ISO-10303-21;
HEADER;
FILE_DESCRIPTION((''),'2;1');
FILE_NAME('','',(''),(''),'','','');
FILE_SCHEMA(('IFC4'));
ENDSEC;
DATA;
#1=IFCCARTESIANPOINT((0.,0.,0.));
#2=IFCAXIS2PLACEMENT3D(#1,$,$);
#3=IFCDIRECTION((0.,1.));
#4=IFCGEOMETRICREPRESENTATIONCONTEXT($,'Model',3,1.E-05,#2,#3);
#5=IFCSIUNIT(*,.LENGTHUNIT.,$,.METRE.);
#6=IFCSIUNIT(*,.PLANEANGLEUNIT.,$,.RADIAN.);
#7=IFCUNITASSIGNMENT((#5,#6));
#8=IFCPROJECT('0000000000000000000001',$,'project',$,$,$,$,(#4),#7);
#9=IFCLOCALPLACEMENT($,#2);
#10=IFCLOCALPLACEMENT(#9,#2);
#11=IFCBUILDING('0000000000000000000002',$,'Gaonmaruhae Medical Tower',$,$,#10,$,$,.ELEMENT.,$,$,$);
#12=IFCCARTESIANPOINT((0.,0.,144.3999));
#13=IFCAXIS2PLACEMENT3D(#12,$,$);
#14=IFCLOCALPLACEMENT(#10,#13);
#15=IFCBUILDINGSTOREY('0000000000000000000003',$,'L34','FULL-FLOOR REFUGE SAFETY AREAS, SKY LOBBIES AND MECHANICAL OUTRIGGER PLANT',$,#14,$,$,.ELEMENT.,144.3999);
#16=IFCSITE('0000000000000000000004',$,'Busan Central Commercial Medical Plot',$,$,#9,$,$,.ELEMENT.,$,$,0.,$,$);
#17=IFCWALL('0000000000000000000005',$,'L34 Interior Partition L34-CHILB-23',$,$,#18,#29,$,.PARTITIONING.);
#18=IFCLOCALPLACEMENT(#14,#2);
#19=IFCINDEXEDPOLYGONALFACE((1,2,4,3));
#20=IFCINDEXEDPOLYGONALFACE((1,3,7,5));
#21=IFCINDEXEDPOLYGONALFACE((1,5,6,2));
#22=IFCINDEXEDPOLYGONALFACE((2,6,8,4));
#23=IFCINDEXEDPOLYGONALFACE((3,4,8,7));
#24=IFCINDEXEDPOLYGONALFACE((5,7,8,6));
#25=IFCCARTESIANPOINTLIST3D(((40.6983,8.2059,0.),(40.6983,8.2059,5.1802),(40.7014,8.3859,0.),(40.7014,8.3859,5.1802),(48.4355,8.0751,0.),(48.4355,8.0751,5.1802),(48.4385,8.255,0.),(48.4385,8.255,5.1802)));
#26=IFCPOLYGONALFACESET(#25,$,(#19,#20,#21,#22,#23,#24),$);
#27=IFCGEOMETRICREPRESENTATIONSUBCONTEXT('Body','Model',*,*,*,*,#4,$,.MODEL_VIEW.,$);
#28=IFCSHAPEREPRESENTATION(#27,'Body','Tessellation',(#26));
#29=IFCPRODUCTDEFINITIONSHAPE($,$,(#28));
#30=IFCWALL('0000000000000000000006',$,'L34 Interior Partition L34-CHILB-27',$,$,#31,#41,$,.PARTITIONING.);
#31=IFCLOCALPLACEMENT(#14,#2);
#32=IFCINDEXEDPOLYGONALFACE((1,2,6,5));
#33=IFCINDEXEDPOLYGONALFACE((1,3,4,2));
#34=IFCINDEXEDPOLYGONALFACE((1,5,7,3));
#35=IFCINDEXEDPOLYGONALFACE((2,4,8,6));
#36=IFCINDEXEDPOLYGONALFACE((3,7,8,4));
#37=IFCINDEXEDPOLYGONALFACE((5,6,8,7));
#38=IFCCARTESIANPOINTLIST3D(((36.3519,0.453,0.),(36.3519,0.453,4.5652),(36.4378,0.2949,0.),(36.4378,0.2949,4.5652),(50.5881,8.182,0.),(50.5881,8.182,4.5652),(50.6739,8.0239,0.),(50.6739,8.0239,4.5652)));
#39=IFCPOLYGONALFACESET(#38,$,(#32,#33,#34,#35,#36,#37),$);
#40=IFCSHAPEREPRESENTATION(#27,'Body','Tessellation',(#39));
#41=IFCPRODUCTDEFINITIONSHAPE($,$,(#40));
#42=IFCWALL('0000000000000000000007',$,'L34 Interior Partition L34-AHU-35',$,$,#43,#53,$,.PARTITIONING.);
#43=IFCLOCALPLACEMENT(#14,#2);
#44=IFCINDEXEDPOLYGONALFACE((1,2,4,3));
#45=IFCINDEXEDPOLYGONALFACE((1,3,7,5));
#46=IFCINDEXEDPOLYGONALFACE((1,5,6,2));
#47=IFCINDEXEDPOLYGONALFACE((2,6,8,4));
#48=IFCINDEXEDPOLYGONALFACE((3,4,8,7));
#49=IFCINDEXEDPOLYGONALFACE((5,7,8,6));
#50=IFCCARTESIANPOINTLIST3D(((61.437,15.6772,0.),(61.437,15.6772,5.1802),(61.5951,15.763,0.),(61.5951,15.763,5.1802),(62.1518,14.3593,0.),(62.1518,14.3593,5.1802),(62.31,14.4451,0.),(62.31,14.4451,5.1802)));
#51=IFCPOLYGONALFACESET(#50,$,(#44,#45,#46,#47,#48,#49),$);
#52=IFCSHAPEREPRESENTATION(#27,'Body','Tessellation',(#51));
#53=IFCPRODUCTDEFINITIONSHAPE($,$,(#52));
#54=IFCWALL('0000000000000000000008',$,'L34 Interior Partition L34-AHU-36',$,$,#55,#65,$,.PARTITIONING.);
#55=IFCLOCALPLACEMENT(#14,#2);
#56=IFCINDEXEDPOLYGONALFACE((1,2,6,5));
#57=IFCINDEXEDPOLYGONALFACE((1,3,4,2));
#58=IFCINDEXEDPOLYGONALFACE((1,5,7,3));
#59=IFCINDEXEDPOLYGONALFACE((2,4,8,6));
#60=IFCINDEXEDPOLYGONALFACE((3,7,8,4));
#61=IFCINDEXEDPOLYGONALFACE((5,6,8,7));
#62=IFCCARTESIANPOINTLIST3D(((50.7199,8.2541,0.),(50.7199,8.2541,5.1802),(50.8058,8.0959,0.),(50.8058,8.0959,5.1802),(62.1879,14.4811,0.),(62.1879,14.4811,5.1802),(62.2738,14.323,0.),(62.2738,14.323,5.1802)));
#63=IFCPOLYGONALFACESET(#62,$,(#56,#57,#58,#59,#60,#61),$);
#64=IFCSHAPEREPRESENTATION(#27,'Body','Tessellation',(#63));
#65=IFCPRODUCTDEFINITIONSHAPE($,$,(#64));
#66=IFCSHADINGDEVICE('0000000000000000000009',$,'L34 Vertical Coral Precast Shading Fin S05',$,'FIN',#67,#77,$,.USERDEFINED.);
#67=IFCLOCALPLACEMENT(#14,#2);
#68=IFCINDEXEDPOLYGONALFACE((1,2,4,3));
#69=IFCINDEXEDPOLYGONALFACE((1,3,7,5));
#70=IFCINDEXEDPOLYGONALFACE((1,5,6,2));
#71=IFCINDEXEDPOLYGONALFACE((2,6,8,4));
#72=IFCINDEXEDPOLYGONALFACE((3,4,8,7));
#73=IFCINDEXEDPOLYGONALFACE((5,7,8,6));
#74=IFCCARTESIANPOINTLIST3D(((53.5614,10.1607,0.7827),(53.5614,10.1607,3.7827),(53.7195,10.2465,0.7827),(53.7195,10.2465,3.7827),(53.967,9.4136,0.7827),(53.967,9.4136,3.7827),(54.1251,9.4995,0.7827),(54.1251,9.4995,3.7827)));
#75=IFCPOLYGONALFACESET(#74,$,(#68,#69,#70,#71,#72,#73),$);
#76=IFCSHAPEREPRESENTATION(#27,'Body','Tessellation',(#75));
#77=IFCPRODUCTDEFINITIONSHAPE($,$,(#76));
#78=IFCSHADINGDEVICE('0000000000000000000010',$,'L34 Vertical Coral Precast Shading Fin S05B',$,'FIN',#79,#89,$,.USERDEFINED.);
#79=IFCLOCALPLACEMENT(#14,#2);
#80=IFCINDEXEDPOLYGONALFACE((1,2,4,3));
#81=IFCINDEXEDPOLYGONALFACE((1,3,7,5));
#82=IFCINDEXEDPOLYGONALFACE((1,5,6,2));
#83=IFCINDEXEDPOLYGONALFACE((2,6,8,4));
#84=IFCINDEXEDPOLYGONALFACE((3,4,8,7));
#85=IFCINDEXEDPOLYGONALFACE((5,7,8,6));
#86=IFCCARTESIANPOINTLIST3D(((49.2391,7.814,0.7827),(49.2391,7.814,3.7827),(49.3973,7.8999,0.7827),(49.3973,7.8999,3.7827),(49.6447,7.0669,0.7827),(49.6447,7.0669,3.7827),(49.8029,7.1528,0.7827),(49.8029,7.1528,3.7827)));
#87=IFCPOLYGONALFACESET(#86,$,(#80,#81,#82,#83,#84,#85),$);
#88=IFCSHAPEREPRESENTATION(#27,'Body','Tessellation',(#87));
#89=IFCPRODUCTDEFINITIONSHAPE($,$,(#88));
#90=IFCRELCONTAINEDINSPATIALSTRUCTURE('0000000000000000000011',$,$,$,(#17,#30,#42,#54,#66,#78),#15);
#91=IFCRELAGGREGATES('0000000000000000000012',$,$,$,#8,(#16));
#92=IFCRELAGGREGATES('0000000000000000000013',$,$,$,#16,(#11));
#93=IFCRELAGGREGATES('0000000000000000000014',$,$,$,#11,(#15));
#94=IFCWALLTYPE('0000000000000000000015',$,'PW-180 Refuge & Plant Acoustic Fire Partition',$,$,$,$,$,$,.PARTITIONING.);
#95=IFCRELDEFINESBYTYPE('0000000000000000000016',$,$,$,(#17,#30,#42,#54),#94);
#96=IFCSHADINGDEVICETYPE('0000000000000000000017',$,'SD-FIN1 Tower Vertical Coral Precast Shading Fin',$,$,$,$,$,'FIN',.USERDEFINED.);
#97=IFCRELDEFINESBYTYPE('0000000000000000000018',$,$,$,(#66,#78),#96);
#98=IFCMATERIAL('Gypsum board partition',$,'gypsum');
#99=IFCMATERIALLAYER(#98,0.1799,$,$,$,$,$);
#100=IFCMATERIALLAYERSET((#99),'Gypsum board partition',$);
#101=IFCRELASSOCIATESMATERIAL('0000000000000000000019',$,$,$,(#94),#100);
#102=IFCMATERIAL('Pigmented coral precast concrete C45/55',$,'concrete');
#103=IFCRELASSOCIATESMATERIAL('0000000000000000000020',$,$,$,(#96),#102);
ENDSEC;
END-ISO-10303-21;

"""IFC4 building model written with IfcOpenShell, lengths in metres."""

from ifc_helpers import new_model, si_unit, direction, frame, frame_2d, origin, origin_2d, place, context, subcontext, project, spatial, rectangle, extrude, material, layer, layer_set, type_object, element, save


model = new_model("IFC4")

# Units and contexts
model_context = context("Model", 3, precision=1e-05, world=origin(), true_north=direction((0.0, 1.0)))
body_context = subcontext(model_context, "Body", "Model", "MODEL_VIEW")
ifc_project = project(units=[si_unit("LENGTHUNIT", "METRE"), si_unit("PLANEANGLEUNIT", "RADIAN")], contexts=[model_context])

# Site, building, storey
site_placement = place(None, origin())
site = spatial("IfcSite", under=ifc_project, at=site_placement, Name="Busan Central Commercial Medical Plot", CompositionType="ELEMENT", RefElevation=0.0)
building_placement = place(site_placement, origin())
building = spatial("IfcBuilding", under=site, at=building_placement, Name="Gaonmaruhae Medical Tower", CompositionType="ELEMENT")
storey_placement = place(building_placement, frame((0.0, 0.0, 144.3999)))
storey = spatial("IfcBuildingStorey", under=building, at=storey_placement, Name="L34", Description="FULL-FLOOR REFUGE SAFETY AREAS, SKY LOBBIES AND MECHANICAL OUTRIGGER PLANT", CompositionType="ELEMENT", Elevation=144.3999)

# Walls
ifc_material_1 = material(Name="Gypsum board partition", Category="gypsum")
ifc_layer_1 = layer(ifc_material_1, 0.1799)
ifc_layer_set_1 = layer_set([ifc_layer_1], Name="Gypsum board partition")
wall_type_1 = type_object("IfcWallType", Name="PW-180 Refuge & Plant Acoustic Fire Partition", PredefinedType="PARTITIONING", material=ifc_layer_set_1)
wall_1_placement = place(storey_placement, frame((48.437, 8.165, 0.0), z_axis=(0.0, 0.0, 1.0), x_axis=(-0.999857, 0.016911, 0.0)))
element("IfcWall", 1, at=wall_1_placement, inside=storey, type_object=wall_type_1, Name="L34 Interior Partition L34-CHILB-23", PredefinedType="PARTITIONING", context=body_context, shape_type="SweptSolid", body=[
    extrude(rectangle(XDim=7.7383, YDim=0.1799, at=frame_2d((3.8691, 0.0))), origin(), (0.0, 0.0, 1.0), 5.1802),
])
wall_2_placement = place(storey_placement, frame((50.6311, 8.103, 0.0), z_axis=(0.0, 0.0, 1.0), x_axis=(-0.878832, -0.477132, 0.0)))
element("IfcWall", 2, at=wall_2_placement, inside=storey, type_object=wall_type_1, Name="L34 Interior Partition L34-CHILB-27", PredefinedType="PARTITIONING", context=body_context, shape_type="SweptSolid", body=[
    extrude(rectangle(XDim=16.199, YDim=0.1799, at=frame_2d((8.0996, 0.0))), origin(), (0.0, 0.0, 1.0), 4.5652),
])
wall_3_placement = place(storey_placement, frame((61.5161, 15.72, 0.0), z_axis=(0.0, 0.0, 1.0), x_axis=(0.476797, -0.879013, 0.0)))
element("IfcWall", 3, at=wall_3_placement, inside=storey, type_object=wall_type_1, Name="L34 Interior Partition L34-AHU-35", PredefinedType="PARTITIONING", context=body_context, shape_type="SweptSolid", body=[
    extrude(rectangle(XDim=1.4993, YDim=0.1799, at=frame_2d((0.7495, 0.0))), origin(), (0.0, 0.0, 1.0), 5.1802),
])
wall_4_placement = place(storey_placement, frame((62.231, 14.4021, 0.0), z_axis=(0.0, 0.0, 1.0), x_axis=(-0.878803, -0.477184, 0.0)))
element("IfcWall", 4, at=wall_4_placement, inside=storey, type_object=wall_type_1, Name="L34 Interior Partition L34-AHU-36", PredefinedType="PARTITIONING", context=body_context, shape_type="SweptSolid", body=[
    extrude(rectangle(XDim=13.0496, YDim=0.1799, at=frame_2d((6.5249, 0.0))), origin(), (0.0, 0.0, 1.0), 5.1802),
])

# Shading devices
ifc_material_2 = material(Name="Pigmented coral precast concrete C45/55", Category="concrete")
shading_device_type = type_object("IfcShadingDeviceType", Name="SD-FIN1 Tower Vertical Coral Precast Shading Fin", ElementType="FIN", PredefinedType="USERDEFINED", material=ifc_material_2)
for number, where, z_axis, x_axis, name in (
    (5, (53.8433, 9.8301, 0.7827), (0.0, 0.0, 1.0), (-0.878825, -0.477143, 0.0), "L34 Vertical Coral Precast Shading Fin S05"),
    (6, (49.521, 7.4834, 0.7827), (0.0, 0.0, 1.0), (-0.878825, -0.477143, 0.0), "L34 Vertical Coral Precast Shading Fin S05B"),
):
    element("IfcShadingDevice", number, at=place(storey_placement, frame(where, z_axis=z_axis, x_axis=x_axis)), inside=storey, type_object=shading_device_type, Name=name, ObjectType="FIN", PredefinedType="USERDEFINED", context=body_context, shape_type="SweptSolid", body=[
        extrude(rectangle(XDim=0.1799, YDim=0.8501, at=origin_2d()), origin(), (0.0, 0.0, 1.0), 3.0),
    ])

save(model, "model.ifc")
